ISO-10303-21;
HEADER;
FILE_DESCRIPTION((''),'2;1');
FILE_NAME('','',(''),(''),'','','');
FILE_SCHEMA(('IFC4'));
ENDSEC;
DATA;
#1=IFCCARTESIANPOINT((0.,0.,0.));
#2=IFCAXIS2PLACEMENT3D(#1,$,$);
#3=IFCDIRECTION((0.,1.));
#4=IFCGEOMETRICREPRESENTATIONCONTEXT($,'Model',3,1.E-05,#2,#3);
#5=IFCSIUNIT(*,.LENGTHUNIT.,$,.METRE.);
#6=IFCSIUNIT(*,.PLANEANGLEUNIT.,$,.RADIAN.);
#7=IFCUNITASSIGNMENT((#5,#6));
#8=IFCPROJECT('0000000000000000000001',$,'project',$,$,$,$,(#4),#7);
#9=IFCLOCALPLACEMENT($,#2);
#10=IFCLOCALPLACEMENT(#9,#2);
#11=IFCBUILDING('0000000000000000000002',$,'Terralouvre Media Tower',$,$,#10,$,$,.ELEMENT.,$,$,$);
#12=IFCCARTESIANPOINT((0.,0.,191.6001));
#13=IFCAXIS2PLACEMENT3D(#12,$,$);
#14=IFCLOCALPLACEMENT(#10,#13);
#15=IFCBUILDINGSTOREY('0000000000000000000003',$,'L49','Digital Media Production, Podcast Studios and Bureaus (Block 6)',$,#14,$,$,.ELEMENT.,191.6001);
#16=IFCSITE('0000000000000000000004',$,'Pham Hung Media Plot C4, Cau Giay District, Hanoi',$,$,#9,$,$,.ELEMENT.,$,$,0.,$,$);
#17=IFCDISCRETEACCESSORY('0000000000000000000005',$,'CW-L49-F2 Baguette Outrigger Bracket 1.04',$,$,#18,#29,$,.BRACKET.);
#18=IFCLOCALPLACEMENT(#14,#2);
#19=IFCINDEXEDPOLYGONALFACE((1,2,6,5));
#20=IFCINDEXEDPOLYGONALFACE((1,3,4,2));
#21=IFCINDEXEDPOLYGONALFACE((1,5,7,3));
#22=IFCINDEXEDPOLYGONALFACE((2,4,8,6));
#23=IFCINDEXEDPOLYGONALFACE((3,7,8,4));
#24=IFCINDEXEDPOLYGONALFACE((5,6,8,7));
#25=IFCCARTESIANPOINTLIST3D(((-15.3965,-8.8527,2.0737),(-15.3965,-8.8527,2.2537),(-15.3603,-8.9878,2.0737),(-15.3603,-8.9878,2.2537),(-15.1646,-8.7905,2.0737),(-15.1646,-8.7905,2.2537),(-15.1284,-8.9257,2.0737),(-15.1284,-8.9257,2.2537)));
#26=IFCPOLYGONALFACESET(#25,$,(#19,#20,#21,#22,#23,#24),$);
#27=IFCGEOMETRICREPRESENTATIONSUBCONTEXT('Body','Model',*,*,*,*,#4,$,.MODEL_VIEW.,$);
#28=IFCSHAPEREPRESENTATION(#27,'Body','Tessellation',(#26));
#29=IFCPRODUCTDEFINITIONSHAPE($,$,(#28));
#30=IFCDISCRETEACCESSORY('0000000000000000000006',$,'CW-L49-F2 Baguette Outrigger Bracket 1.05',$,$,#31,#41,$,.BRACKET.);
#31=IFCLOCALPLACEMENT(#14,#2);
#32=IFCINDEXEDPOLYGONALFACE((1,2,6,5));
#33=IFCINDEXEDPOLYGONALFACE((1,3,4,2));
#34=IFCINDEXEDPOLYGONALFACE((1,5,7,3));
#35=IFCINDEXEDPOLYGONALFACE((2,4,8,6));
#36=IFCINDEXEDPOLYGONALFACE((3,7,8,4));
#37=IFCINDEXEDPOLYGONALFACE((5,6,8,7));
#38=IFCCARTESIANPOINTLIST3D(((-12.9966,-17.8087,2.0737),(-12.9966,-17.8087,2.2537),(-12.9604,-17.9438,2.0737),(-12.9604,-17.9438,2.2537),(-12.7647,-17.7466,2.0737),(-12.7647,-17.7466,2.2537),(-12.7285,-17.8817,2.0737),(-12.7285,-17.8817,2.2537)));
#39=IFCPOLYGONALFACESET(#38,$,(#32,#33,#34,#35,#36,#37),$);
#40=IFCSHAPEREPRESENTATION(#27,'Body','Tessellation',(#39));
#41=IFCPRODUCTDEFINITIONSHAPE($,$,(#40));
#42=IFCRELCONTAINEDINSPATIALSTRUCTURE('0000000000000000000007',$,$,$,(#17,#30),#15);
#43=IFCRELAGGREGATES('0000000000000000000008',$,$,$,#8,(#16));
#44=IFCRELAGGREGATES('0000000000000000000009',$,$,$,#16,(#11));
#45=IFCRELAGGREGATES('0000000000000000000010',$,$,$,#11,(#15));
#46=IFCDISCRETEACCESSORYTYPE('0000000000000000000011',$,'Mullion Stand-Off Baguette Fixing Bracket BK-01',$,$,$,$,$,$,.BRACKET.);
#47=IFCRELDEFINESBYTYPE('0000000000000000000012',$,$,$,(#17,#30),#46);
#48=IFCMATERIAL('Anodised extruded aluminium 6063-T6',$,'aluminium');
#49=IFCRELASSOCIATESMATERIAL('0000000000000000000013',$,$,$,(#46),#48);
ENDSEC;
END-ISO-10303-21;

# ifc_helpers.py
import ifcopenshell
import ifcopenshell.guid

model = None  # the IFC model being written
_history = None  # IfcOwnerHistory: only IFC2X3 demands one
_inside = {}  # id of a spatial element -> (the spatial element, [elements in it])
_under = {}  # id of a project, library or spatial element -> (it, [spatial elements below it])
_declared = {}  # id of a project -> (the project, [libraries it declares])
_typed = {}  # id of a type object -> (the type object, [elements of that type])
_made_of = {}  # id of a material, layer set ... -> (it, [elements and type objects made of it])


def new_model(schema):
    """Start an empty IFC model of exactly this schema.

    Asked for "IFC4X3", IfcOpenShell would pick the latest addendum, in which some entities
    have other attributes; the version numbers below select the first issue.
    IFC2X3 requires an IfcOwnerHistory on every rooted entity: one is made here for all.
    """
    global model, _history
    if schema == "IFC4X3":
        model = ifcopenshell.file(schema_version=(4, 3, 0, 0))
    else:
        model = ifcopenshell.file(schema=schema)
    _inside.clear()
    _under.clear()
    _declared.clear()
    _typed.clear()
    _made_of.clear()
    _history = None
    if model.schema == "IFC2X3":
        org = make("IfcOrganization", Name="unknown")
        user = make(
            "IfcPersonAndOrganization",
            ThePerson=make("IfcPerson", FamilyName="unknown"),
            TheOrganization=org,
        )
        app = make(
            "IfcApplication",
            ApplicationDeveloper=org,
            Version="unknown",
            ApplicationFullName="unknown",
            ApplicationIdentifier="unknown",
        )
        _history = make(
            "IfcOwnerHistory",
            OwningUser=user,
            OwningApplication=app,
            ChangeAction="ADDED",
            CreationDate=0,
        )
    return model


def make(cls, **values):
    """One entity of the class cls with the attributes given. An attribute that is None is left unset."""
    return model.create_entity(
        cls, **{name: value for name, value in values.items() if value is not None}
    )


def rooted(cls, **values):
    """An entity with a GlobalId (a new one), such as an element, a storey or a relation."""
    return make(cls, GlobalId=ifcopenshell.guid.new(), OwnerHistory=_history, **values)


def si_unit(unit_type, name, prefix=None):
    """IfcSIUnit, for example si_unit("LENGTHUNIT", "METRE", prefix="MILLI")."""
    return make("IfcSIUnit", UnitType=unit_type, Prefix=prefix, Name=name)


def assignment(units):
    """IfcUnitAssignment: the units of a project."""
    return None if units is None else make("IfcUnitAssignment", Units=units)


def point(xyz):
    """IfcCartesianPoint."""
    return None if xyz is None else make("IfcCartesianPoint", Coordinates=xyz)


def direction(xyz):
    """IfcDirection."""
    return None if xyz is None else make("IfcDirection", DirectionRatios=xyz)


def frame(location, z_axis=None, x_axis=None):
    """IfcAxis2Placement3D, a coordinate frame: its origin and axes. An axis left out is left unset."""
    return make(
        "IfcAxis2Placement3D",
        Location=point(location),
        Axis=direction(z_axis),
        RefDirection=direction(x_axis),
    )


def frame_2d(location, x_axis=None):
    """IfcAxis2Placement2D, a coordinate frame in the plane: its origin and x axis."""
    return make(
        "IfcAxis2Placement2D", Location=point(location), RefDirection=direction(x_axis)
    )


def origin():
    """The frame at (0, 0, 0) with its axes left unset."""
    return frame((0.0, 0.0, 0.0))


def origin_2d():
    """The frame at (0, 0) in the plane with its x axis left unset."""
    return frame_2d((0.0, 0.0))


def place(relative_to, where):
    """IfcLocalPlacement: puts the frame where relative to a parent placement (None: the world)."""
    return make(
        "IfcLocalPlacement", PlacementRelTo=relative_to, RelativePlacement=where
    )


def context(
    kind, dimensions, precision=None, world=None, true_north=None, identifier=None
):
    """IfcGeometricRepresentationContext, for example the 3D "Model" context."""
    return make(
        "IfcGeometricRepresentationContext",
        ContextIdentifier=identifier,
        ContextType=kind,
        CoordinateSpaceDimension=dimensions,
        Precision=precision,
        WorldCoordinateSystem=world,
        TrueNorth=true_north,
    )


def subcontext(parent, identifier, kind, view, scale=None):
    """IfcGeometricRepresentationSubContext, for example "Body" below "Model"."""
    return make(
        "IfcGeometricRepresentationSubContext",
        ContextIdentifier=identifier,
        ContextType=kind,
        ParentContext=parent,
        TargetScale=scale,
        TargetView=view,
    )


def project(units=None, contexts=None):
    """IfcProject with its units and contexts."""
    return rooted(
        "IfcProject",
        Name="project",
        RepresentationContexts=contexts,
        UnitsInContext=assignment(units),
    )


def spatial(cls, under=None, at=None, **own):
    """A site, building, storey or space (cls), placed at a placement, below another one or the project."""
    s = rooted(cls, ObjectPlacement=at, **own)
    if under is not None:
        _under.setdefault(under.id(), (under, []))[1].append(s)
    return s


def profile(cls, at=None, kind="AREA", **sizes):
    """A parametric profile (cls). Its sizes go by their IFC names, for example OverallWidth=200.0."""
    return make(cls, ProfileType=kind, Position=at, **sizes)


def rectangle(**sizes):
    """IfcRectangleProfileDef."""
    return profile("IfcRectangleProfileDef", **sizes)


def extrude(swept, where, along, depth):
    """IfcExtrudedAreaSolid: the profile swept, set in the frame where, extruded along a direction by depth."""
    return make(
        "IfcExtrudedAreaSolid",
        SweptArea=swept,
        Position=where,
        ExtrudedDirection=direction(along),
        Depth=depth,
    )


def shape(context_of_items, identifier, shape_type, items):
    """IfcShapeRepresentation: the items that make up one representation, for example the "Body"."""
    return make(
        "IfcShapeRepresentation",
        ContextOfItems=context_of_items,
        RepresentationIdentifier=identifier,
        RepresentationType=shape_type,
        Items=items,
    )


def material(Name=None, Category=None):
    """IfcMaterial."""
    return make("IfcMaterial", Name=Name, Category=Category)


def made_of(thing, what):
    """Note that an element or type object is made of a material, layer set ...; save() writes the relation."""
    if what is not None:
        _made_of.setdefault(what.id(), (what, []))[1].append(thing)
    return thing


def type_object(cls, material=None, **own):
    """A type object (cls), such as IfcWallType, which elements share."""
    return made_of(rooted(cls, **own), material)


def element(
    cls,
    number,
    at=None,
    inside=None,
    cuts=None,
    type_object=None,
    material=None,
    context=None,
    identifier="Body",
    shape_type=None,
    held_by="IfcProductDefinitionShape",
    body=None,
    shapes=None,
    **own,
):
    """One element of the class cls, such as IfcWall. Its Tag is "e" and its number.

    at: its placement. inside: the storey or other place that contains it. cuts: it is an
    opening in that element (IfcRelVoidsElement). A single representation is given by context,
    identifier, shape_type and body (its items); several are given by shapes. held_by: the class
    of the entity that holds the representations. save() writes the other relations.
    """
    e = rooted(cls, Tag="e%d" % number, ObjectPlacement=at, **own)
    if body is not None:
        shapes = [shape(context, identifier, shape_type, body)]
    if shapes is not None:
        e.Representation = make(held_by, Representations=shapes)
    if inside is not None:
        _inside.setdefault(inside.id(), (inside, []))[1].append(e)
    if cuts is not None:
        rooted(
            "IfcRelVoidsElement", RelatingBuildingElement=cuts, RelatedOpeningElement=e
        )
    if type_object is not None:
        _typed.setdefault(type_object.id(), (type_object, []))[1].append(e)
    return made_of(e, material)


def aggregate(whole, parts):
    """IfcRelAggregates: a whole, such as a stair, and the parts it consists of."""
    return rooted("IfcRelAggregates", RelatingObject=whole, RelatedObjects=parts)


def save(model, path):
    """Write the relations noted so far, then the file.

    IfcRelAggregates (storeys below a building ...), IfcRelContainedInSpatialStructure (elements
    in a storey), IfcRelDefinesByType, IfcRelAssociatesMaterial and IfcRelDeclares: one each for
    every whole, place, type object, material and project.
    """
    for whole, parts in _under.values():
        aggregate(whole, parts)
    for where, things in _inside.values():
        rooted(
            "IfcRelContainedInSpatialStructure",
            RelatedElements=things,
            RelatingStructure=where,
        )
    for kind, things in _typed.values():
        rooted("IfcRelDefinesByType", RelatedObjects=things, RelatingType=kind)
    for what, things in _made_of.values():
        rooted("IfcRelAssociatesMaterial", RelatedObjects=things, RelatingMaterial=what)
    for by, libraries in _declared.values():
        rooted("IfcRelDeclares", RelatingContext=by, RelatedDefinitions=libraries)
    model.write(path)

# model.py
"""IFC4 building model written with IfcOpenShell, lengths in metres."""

from ifc_helpers import new_model, si_unit, direction, frame, origin, origin_2d, place, context, subcontext, project, spatial, rectangle, extrude, material, type_object, element, save


model = new_model("IFC4")

# Units and contexts
model_context = context("Model", 3, precision=1e-05, world=origin(), true_north=direction((0.0, 1.0)))
body_context = subcontext(model_context, "Body", "Model", "MODEL_VIEW")
ifc_project = project(units=[si_unit("LENGTHUNIT", "METRE"), si_unit("PLANEANGLEUNIT", "RADIAN")], contexts=[model_context])

# Site, building, storey
site_placement = place(None, origin())
site = spatial("IfcSite", under=ifc_project, at=site_placement, Name="Pham Hung Media Plot C4, Cau Giay District, Hanoi", CompositionType="ELEMENT", RefElevation=0.0)
building_placement = place(site_placement, origin())
building = spatial("IfcBuilding", under=site, at=building_placement, Name="Terralouvre Media Tower", CompositionType="ELEMENT")
storey_placement = place(building_placement, frame((0.0, 0.0, 191.6001)))
storey = spatial("IfcBuildingStorey", under=building, at=storey_placement, Name="L49", Description="Digital Media Production, Podcast Studios and Bureaus (Block 6)", CompositionType="ELEMENT", Elevation=191.6001)

# Discrete accessories
ifc_material_1 = material(Name="Anodised extruded aluminium 6063-T6", Category="aluminium")
discrete_accessory_type = type_object("IfcDiscreteAccessoryType", Name="Mullion Stand-Off Baguette Fixing Bracket BK-01", PredefinedType="BRACKET", material=ifc_material_1)
for number, where, z_axis, x_axis, name in (
    (1, (-15.2625, -8.8892, 2.0737), (0.0, 0.0, 1.0), (0.258819, -0.965926, 0.0), "CW-L49-F2 Baguette Outrigger Bracket 1.04"),
    (2, (-12.8625, -17.8452, 2.0737), (0.0, 0.0, 1.0), (0.258819, -0.965926, 0.0), "CW-L49-F2 Baguette Outrigger Bracket 1.05"),
):
    element("IfcDiscreteAccessory", number, at=place(storey_placement, frame(where, z_axis=z_axis, x_axis=x_axis)), inside=storey, type_object=discrete_accessory_type, Name=name, PredefinedType="BRACKET", context=body_context, shape_type="SweptSolid", body=[
        extrude(rectangle(XDim=0.1399, YDim=0.24, at=origin_2d()), origin(), (0.0, 0.0, 1.0), 0.1799),
    ])

save(model, "model.ifc")
